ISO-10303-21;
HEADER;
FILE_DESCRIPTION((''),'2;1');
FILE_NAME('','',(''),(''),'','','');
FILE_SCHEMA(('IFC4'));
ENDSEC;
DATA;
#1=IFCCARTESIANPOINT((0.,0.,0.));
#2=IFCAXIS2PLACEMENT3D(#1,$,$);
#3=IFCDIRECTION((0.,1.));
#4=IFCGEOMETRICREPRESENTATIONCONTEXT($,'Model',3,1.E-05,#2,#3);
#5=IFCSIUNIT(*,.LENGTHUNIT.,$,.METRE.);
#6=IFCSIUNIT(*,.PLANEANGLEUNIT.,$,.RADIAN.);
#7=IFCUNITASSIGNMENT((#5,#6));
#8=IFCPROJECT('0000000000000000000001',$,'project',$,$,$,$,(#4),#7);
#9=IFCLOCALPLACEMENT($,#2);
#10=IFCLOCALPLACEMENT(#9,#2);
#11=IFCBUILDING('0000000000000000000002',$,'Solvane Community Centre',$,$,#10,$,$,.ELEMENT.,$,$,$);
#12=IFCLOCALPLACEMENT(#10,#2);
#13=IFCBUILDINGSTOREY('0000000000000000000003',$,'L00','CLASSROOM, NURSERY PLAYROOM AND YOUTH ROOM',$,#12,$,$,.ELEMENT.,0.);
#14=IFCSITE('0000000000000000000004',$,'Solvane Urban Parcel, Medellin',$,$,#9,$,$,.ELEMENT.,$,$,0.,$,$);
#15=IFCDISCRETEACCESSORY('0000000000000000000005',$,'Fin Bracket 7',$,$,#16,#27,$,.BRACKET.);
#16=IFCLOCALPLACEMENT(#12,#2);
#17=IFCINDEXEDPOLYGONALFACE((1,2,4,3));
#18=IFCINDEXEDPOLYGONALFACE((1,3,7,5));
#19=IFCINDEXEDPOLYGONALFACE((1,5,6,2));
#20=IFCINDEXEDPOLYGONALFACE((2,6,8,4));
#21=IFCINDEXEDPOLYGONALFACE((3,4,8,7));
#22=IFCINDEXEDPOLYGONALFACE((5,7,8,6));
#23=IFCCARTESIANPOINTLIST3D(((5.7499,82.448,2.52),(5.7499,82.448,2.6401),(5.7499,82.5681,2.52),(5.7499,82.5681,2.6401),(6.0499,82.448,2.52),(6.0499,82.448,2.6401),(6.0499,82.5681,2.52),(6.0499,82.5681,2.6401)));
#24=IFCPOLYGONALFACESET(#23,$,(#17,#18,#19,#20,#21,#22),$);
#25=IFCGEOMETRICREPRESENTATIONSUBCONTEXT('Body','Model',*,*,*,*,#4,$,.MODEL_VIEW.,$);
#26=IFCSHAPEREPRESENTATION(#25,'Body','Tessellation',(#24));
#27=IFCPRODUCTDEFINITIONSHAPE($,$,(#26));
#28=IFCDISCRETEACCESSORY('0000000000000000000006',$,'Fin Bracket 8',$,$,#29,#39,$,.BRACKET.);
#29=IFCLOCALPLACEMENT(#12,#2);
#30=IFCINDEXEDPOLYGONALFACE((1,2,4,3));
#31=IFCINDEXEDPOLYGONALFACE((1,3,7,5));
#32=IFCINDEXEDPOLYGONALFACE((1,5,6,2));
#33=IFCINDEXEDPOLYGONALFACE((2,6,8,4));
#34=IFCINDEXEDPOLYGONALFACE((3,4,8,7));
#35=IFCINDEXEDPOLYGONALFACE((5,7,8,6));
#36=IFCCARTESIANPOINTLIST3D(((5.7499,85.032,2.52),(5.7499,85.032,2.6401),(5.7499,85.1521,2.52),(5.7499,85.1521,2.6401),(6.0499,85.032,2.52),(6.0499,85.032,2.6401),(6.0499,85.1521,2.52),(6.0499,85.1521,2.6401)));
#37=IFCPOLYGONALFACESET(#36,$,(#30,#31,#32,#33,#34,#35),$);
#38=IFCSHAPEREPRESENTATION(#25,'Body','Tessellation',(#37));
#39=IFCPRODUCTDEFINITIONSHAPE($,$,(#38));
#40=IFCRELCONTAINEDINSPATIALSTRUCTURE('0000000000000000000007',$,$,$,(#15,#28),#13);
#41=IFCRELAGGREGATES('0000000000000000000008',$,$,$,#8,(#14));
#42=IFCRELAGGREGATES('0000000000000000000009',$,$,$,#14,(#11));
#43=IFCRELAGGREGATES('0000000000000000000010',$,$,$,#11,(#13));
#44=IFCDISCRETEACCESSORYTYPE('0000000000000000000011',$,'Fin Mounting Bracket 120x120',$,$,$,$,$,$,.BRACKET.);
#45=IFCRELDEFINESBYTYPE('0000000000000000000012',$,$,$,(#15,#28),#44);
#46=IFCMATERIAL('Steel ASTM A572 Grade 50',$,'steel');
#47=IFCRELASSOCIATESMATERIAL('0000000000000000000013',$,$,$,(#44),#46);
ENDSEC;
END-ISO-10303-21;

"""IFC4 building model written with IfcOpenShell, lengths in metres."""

from ifc_helpers import new_model, si_unit, direction, frame, origin, origin_2d, place, context, subcontext, project, spatial, rectangle, extrude, material, type_object, element, save


model = new_model("IFC4")

# Units and contexts
model_context = context("Model", 3, precision=1e-05, world=origin(), true_north=direction((0.0, 1.0)))
body_context = subcontext(model_context, "Body", "Model", "MODEL_VIEW")
ifc_project = project(units=[si_unit("LENGTHUNIT", "METRE"), si_unit("PLANEANGLEUNIT", "RADIAN")], contexts=[model_context])

# Site, building, storey
site_placement = place(None, origin())
site = spatial("IfcSite", under=ifc_project, at=site_placement, Name="Solvane Urban Parcel, Medellin", CompositionType="ELEMENT", RefElevation=0.0)
building_placement = place(site_placement, origin())
building = spatial("IfcBuilding", under=site, at=building_placement, Name="Solvane Community Centre", CompositionType="ELEMENT")
storey_placement = place(building_placement, origin())
storey = spatial("IfcBuildingStorey", under=building, at=storey_placement, Name="L00", Description="CLASSROOM, NURSERY PLAYROOM AND YOUTH ROOM", CompositionType="ELEMENT", Elevation=0.0)

# Discrete accessories
ifc_material_1 = material(Name="Steel ASTM A572 Grade 50", Category="steel")
discrete_accessory_type = type_object("IfcDiscreteAccessoryType", Name="Fin Mounting Bracket 120x120", PredefinedType="BRACKET", material=ifc_material_1)
for number, where, z_axis, x_axis, name in (
    (1, (5.8999, 82.5081, 2.52), (0.0, 0.0, 1.0), (0.0, 1.0, 0.0), "Fin Bracket 7"),
    (2, (5.8999, 85.092, 2.52), (0.0, 0.0, 1.0), (0.0, 1.0, 0.0), "Fin Bracket 8"),
):
    element("IfcDiscreteAccessory", number, at=place(storey_placement, frame(where, z_axis=z_axis, x_axis=x_axis)), inside=storey, type_object=discrete_accessory_type, Name=name, PredefinedType="BRACKET", context=body_context, shape_type="SweptSolid", body=[
        extrude(rectangle(XDim=0.1201, YDim=0.3, at=origin_2d()), origin(), (0.0, 0.0, 1.0), 0.1201),
    ])

save(model, "model.ifc")
